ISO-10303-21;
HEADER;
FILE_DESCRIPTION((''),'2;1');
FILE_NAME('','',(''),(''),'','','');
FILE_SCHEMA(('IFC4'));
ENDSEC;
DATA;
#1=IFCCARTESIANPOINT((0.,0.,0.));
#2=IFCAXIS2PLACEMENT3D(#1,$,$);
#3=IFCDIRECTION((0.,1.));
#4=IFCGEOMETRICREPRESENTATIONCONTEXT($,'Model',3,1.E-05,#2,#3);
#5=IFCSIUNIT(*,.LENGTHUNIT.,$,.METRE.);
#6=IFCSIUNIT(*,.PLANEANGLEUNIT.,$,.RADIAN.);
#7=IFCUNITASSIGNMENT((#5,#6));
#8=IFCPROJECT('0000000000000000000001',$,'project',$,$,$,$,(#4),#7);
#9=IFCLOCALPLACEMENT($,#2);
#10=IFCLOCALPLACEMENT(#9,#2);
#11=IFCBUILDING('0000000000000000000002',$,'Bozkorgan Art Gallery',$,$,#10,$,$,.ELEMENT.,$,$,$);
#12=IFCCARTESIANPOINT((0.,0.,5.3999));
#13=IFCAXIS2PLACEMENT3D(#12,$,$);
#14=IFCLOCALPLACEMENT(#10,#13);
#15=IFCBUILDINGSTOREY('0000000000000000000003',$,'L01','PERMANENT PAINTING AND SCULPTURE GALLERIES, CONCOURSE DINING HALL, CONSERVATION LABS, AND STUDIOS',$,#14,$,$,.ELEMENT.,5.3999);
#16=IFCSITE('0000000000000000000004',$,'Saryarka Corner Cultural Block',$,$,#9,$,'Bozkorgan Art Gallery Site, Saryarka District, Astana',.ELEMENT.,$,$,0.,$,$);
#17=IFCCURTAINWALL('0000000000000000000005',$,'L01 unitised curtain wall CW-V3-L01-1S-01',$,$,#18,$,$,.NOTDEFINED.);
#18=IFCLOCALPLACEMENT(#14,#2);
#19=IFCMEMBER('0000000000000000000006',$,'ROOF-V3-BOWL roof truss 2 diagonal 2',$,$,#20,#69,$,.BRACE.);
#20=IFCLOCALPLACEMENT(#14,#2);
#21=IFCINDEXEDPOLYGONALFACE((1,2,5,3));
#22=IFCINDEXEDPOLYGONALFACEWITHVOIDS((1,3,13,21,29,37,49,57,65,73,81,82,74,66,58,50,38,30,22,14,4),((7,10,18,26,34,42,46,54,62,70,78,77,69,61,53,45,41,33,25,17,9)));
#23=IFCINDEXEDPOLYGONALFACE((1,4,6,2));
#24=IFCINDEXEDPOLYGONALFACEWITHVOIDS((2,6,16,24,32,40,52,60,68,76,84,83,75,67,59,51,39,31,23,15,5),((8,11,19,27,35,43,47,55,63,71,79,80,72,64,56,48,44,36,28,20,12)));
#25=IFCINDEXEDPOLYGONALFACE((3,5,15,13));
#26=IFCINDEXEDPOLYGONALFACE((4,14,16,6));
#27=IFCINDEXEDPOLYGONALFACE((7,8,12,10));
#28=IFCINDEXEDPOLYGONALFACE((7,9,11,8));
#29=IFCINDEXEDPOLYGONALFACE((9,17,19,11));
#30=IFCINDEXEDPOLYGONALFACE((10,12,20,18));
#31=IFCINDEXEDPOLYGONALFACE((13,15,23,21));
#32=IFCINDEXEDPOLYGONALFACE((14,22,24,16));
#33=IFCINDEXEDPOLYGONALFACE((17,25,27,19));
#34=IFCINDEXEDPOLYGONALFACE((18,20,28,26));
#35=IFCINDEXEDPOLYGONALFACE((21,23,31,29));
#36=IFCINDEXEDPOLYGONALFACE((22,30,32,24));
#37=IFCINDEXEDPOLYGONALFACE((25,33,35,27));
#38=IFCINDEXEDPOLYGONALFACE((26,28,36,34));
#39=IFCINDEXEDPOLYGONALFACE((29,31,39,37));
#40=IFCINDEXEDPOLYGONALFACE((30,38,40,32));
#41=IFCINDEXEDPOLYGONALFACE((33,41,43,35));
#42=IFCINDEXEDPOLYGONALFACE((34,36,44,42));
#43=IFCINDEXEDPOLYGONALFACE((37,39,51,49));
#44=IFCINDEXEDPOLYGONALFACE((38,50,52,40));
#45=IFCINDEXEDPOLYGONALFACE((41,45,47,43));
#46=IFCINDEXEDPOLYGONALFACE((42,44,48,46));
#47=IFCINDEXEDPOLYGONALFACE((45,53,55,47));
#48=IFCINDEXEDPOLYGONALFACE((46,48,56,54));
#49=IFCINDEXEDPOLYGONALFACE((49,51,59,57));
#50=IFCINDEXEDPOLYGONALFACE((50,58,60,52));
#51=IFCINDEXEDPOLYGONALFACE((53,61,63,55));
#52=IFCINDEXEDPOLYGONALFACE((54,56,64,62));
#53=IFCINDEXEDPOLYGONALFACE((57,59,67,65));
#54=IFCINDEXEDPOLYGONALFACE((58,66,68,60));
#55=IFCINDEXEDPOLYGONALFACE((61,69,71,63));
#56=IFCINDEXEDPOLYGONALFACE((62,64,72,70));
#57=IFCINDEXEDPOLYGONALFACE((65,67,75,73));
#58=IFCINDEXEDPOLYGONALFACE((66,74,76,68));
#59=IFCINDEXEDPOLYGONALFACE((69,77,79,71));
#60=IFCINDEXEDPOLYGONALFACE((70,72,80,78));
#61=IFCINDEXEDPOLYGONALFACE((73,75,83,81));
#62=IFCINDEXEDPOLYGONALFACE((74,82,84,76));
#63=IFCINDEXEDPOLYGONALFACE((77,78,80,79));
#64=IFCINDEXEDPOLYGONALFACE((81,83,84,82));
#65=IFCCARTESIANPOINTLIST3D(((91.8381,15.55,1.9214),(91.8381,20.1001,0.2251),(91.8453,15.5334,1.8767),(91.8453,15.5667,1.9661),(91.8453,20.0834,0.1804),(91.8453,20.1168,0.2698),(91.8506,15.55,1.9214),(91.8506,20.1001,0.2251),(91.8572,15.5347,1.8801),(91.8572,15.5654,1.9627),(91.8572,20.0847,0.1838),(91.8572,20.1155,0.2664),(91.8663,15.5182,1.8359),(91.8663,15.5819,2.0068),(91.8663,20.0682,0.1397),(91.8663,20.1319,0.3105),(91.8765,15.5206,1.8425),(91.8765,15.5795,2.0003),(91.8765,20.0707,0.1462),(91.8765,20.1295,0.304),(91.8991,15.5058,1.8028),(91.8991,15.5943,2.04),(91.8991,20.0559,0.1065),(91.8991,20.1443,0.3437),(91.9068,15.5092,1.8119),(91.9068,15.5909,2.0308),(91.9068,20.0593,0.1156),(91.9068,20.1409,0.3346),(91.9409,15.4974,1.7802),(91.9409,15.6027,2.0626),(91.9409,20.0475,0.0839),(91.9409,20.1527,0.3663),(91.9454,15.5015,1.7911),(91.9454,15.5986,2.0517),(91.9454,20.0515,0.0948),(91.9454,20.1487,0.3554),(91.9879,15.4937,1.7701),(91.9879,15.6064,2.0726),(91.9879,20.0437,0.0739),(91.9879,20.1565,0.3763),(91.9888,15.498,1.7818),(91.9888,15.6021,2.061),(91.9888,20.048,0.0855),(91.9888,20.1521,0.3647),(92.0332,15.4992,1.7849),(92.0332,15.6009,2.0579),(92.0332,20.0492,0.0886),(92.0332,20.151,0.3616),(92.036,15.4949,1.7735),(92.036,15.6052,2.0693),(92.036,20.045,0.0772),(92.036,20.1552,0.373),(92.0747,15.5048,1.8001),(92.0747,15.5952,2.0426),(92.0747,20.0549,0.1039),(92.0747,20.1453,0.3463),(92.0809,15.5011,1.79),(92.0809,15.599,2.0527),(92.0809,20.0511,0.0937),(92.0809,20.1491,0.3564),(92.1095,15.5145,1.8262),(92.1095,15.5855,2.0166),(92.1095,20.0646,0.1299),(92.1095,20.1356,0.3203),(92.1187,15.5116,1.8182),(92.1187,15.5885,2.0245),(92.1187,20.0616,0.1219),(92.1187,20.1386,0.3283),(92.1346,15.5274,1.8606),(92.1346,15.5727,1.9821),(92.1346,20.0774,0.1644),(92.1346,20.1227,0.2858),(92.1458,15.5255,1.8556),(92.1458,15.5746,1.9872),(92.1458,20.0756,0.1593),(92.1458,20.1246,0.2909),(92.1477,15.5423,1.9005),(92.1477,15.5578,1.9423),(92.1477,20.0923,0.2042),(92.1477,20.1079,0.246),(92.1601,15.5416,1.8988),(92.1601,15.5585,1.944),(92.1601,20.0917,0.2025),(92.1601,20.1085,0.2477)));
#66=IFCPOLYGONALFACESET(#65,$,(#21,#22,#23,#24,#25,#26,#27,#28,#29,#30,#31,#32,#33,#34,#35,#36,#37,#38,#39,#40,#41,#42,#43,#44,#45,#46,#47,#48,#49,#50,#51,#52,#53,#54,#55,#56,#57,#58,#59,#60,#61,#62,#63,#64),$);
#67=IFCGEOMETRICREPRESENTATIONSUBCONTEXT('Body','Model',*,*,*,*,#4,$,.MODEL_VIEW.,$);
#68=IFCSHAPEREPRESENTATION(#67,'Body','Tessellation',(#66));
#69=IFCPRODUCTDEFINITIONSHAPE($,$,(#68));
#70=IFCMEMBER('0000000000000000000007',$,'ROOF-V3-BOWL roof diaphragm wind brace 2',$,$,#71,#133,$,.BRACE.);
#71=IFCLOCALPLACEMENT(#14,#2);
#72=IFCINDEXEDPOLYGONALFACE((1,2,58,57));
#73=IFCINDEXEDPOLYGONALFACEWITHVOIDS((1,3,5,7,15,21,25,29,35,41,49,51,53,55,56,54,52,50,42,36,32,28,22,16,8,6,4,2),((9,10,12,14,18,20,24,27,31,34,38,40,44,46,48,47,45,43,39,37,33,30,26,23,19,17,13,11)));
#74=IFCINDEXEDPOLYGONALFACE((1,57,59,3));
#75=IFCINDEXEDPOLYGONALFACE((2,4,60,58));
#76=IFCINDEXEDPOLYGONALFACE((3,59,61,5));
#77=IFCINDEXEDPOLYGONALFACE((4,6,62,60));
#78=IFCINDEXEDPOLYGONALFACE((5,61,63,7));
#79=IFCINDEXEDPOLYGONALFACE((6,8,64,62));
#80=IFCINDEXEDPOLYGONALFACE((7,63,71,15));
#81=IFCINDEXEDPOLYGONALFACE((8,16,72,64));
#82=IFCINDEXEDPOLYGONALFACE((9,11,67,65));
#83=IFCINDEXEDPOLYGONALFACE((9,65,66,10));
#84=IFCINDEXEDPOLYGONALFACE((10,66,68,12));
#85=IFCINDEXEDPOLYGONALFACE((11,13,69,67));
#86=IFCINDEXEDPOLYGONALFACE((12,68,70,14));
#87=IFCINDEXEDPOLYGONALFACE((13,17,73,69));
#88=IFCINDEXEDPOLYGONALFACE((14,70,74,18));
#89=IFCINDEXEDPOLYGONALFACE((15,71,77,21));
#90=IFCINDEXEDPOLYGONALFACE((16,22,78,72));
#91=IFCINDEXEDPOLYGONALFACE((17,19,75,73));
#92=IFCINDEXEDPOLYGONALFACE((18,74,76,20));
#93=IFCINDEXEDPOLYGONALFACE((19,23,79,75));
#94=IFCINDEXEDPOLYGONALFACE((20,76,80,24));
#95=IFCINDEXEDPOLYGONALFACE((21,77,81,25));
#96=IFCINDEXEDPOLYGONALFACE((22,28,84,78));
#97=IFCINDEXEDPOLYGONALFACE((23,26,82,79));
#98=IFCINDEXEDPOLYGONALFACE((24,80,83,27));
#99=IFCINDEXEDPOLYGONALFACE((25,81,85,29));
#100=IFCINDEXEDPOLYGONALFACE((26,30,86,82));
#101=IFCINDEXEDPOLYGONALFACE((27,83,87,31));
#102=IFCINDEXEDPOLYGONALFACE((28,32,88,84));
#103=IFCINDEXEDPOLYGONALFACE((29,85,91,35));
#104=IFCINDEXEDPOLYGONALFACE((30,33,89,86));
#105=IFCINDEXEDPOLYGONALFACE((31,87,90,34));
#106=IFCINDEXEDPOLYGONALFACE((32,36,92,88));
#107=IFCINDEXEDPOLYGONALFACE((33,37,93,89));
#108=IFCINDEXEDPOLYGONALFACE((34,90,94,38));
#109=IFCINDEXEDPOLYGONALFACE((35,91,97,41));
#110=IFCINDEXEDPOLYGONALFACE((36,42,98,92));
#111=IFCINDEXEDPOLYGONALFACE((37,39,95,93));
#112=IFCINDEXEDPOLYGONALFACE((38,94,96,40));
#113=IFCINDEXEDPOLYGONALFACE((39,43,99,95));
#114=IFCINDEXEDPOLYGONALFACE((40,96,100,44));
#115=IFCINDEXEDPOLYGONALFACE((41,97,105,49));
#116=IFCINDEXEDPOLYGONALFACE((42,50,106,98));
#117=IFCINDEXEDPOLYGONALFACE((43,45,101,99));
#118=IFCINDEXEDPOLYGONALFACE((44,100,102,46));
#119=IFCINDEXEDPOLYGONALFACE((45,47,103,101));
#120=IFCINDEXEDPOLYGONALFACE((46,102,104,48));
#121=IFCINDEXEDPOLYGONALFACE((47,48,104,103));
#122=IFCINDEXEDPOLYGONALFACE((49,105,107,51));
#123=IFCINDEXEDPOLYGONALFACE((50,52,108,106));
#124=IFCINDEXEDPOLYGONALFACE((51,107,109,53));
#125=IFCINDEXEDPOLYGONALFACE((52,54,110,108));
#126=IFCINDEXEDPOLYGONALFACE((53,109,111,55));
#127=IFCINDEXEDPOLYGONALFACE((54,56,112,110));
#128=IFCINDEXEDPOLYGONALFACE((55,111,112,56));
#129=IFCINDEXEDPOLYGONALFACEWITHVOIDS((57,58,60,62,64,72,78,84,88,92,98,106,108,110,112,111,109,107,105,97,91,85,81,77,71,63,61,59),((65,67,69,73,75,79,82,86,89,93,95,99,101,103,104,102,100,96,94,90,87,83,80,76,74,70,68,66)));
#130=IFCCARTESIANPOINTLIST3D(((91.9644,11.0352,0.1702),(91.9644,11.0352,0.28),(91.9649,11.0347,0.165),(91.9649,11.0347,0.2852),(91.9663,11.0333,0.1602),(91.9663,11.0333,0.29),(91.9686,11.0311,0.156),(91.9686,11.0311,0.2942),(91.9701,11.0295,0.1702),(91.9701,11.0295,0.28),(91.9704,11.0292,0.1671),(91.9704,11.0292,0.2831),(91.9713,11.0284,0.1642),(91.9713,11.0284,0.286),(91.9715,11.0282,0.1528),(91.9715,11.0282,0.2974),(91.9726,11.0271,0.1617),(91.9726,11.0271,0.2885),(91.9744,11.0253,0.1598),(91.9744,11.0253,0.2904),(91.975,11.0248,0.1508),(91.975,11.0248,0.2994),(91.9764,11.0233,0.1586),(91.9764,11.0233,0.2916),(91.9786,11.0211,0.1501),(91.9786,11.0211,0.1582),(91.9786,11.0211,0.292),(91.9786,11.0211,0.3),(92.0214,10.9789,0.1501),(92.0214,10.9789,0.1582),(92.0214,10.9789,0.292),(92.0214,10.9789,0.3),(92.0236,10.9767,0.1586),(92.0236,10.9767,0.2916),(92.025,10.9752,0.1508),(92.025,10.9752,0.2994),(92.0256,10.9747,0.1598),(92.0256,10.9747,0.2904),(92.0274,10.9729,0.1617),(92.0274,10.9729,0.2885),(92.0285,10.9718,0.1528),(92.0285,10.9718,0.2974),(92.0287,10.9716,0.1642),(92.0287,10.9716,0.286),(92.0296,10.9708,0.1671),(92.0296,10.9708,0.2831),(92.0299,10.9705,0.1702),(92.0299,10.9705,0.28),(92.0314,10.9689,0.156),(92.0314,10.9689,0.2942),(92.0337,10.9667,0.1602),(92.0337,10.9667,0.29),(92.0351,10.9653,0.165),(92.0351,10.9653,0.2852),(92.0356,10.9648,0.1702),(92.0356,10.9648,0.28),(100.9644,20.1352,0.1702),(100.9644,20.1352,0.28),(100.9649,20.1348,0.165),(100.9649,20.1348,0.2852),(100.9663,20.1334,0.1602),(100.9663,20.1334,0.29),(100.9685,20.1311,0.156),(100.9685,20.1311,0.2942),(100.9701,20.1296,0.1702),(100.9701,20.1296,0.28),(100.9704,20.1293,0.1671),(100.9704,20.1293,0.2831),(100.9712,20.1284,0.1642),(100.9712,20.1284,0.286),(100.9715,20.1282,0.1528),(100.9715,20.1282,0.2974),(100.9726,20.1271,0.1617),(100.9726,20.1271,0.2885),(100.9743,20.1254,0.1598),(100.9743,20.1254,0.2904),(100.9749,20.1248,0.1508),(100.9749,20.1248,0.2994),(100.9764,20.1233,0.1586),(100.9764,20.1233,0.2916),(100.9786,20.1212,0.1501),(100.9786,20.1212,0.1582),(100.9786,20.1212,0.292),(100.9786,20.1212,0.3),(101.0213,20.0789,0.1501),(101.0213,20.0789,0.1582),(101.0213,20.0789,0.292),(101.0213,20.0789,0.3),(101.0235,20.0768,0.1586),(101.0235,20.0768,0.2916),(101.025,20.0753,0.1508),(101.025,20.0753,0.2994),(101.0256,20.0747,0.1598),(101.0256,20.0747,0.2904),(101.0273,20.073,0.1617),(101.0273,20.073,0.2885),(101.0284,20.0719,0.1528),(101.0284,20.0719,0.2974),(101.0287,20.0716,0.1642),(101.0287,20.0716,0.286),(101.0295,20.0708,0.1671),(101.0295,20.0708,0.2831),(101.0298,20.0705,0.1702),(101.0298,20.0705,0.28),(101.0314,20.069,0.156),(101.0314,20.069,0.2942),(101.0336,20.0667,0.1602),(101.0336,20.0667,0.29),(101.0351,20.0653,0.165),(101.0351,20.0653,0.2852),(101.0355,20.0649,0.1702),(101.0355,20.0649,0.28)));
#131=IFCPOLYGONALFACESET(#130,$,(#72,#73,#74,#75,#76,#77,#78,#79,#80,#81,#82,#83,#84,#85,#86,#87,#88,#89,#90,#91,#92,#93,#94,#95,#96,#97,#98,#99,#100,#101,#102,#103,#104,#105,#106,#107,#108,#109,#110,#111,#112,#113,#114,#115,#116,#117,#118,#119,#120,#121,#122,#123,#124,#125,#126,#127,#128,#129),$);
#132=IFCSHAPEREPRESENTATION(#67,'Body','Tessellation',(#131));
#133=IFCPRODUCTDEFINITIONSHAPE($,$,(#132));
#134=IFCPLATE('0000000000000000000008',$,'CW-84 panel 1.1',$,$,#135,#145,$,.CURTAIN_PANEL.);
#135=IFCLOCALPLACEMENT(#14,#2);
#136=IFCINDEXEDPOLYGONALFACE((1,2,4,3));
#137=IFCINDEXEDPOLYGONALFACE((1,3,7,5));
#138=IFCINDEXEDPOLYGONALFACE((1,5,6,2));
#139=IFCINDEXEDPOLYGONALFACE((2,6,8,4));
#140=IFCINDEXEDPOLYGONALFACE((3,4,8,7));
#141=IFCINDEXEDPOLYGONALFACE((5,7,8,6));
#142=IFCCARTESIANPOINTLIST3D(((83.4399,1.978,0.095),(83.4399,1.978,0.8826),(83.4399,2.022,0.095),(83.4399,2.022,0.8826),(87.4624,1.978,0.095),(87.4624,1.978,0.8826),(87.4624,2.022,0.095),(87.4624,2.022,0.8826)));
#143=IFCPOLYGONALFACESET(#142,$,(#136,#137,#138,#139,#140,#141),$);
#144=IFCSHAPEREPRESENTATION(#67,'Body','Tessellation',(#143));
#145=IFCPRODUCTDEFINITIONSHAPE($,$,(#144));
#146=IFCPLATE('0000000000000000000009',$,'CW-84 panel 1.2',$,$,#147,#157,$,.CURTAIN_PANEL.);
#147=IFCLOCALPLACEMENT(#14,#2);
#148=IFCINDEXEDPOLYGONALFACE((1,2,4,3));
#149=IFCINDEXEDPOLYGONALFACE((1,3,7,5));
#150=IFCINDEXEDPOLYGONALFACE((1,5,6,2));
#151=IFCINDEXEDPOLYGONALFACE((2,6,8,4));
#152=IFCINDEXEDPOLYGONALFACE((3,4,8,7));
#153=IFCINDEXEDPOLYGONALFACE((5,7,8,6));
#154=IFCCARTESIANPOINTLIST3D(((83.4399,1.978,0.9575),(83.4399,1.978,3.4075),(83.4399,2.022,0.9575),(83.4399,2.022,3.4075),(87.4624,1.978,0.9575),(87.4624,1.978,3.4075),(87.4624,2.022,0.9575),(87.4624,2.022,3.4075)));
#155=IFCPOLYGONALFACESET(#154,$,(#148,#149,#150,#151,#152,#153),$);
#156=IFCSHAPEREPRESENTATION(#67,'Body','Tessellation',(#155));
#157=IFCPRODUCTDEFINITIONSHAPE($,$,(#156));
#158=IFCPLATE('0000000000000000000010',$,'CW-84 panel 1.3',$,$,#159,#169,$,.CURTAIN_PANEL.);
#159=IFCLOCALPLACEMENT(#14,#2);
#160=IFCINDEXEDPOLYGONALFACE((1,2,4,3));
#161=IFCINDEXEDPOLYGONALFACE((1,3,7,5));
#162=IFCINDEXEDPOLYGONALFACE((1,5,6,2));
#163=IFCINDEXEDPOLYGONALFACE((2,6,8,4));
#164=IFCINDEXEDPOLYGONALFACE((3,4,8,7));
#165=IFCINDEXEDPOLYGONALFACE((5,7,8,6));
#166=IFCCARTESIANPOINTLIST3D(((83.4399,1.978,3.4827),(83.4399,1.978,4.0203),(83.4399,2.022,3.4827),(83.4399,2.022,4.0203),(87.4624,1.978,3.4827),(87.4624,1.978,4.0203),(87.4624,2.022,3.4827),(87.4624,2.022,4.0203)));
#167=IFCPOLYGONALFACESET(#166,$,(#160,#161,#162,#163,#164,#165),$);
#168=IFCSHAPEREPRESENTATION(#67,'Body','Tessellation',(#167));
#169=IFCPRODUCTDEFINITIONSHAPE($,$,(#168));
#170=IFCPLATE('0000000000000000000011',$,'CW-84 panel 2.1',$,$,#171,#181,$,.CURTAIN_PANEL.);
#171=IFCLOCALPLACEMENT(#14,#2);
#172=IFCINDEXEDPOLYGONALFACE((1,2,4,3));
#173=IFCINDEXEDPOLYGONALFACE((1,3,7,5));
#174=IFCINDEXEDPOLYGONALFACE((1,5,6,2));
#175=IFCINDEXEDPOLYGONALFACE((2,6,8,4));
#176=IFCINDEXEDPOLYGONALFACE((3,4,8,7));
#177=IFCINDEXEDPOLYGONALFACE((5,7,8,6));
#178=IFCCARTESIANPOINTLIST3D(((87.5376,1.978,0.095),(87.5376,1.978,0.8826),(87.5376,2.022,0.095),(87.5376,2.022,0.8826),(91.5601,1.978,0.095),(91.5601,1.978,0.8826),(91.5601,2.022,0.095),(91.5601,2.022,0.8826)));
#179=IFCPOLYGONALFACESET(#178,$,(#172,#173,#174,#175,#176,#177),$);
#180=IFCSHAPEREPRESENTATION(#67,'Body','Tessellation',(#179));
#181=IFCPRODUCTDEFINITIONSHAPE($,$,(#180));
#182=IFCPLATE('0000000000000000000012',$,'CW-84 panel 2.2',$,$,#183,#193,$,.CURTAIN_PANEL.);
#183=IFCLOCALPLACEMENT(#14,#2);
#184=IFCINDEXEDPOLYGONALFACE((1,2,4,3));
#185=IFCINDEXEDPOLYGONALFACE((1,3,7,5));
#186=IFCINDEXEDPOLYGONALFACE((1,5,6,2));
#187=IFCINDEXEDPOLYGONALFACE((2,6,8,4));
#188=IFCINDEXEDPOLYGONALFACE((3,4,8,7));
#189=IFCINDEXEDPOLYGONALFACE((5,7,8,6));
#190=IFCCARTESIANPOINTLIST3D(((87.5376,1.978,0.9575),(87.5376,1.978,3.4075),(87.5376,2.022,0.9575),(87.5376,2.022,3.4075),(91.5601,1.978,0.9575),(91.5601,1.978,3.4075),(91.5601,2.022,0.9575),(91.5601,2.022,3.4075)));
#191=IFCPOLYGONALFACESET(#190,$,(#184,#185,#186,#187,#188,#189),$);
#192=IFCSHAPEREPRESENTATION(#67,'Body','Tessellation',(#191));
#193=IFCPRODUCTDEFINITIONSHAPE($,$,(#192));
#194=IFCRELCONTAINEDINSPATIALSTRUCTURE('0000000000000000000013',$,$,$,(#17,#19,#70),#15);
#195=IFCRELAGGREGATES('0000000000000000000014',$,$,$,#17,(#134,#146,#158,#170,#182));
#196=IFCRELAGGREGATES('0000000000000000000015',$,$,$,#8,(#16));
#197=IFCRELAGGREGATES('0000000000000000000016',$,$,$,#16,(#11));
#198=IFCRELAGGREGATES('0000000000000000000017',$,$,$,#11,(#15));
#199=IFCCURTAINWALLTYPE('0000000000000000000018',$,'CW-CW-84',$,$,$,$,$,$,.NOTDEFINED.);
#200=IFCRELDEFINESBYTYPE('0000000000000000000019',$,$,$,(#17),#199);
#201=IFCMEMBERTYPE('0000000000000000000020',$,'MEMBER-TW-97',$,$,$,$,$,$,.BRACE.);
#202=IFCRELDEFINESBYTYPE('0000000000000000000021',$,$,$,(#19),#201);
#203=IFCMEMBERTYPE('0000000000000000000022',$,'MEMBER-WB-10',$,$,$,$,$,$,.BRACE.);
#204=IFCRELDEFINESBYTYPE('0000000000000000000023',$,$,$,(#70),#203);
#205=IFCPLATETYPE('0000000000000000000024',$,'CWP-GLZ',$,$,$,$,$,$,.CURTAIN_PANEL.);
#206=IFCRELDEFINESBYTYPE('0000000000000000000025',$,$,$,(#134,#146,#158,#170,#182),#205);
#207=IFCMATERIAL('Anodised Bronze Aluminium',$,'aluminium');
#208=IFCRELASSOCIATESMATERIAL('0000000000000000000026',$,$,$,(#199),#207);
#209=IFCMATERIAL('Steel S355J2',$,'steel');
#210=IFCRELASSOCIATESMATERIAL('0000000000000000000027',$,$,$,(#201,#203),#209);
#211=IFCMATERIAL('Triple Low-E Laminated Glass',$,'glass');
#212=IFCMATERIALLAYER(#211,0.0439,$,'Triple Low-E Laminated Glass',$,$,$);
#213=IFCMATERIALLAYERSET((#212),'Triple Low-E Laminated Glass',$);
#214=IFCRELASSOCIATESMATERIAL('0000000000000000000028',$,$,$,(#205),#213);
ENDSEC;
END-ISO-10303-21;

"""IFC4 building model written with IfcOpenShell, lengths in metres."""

from ifc_helpers import new_model, si_unit, direction, frame, origin, origin_2d, place, context, subcontext, project, spatial, rectangle, hollow_rectangle, hollow_circle, extrude, material, layer, layer_set, material_profile, profile_set, type_object, element, aggregate, save


model = new_model("IFC4")

# Units and contexts
model_context = context("Model", 3, precision=1e-05, world=origin(), true_north=direction((0.0, 1.0)))
body_context = subcontext(model_context, "Body", "Model", "MODEL_VIEW")
ifc_project = project(units=[si_unit("LENGTHUNIT", "METRE"), si_unit("PLANEANGLEUNIT", "RADIAN")], contexts=[model_context])

# Site, building, storey
site_placement = place(None, origin())
site = spatial("IfcSite", under=ifc_project, at=site_placement, Name="Saryarka Corner Cultural Block", LongName="Bozkorgan Art Gallery Site, Saryarka District, Astana", CompositionType="ELEMENT", RefElevation=0.0)
building_placement = place(site_placement, origin())
building = spatial("IfcBuilding", under=site, at=building_placement, Name="Bozkorgan Art Gallery", CompositionType="ELEMENT")
storey_placement = place(building_placement, frame((0.0, 0.0, 5.3999)))
storey = spatial("IfcBuildingStorey", under=building, at=storey_placement, Name="L01", Description="PERMANENT PAINTING AND SCULPTURE GALLERIES, CONCOURSE DINING HALL, CONSERVATION LABS, AND STUDIOS", CompositionType="ELEMENT", Elevation=5.3999)

# Shared definitions
ifc_material_1 = material(Name="Steel S355J2", Category="steel")

# Curtain wall
ifc_material_2 = material(Name="Anodised Bronze Aluminium", Category="aluminium")
curtain_wall_type = type_object("IfcCurtainWallType", Name="CW-CW-84", PredefinedType="NOTDEFINED", material=ifc_material_2)
curtain_wall_placement = place(storey_placement, origin())
curtain_wall = element("IfcCurtainWall", 1, at=curtain_wall_placement, inside=storey, type_object=curtain_wall_type, Name="L01 unitised curtain wall CW-V3-L01-1S-01", PredefinedType="NOTDEFINED")

# Members
ifc_material_profile_1 = material_profile(ifc_material_1, hollow_circle(Radius=0.1619, WallThickness=0.0125, at=origin_2d()), Name="CHS 323.9x12.5")
ifc_profile_set_1 = profile_set([ifc_material_profile_1], Name="Steel S355J2")
member_type_1 = type_object("IfcMemberType", Name="MEMBER-TW-97", PredefinedType="BRACE", material=ifc_profile_set_1)
member_1_placement = place(storey_placement, frame((92.0, 15.55, 1.9214), z_axis=(0.0, 0.937003, -0.349321), x_axis=(-1.0, 0.0, 0.0)))
element("IfcMember", 2, at=member_1_placement, inside=storey, type_object=member_type_1, Name="ROOF-V3-BOWL roof truss 2 diagonal 2", PredefinedType="BRACE", context=body_context, shape_type="SweptSolid", body=[
    extrude(hollow_circle(Radius=0.1619, WallThickness=0.0125, at=origin_2d()), origin(), (0.0, 0.0, 1.0), 4.856),
])
ifc_material_profile_2 = material_profile(ifc_material_1, hollow_rectangle(XDim=0.1001, YDim=0.1499, WallThickness=0.0081, InnerFilletRadius=0.012, OuterFilletRadius=0.02, at=origin_2d()), Name="RHS 150x100x8")
ifc_profile_set_2 = profile_set([ifc_material_profile_2], Name="Steel S355J2")
member_type_2 = type_object("IfcMemberType", Name="MEMBER-WB-10", PredefinedType="BRACE", material=ifc_profile_set_2)
member_2_placement = place(storey_placement, frame((92.0, 11.0, 0.2251), z_axis=(0.703186, 0.711006, 0.0), x_axis=(-0.711006, 0.703186, 0.0)))
element("IfcMember", 3, at=member_2_placement, inside=storey, type_object=member_type_2, Name="ROOF-V3-BOWL roof diaphragm wind brace 2", PredefinedType="BRACE", context=body_context, shape_type="SweptSolid", body=[
    extrude(hollow_rectangle(XDim=0.1001, YDim=0.1499, WallThickness=0.0081, InnerFilletRadius=0.012, OuterFilletRadius=0.02, at=origin_2d()), origin(), (0.0, 0.0, 1.0), 12.7988),
])

# Plates
ifc_material_3 = material(Name="Triple Low-E Laminated Glass", Category="glass")
ifc_layer_1 = layer(ifc_material_3, 0.0439, Name="Triple Low-E Laminated Glass")
ifc_layer_set_1 = layer_set([ifc_layer_1], Name="Triple Low-E Laminated Glass")
plate_type_1 = type_object("IfcPlateType", Name="CWP-GLZ", PredefinedType="CURTAIN_PANEL", material=ifc_layer_set_1)
plate_1_placement = place(storey_placement, frame((85.4512, 2.0, 0.095), z_axis=(0.0, 0.0, 1.0), x_axis=(1.0, 0.0, 0.0)))
plate_1 = element("IfcPlate", 4, at=plate_1_placement, type_object=plate_type_1, Name="CW-84 panel 1.1", PredefinedType="CURTAIN_PANEL", context=body_context, shape_type="SweptSolid", body=[
    extrude(rectangle(XDim=4.0225, YDim=0.0439, at=origin_2d()), origin(), (0.0, 0.0, 1.0), 0.7876),
])
plate_2_placement = place(storey_placement, frame((85.4512, 2.0, 0.9575), z_axis=(0.0, 0.0, 1.0), x_axis=(1.0, 0.0, 0.0)))
plate_2 = element("IfcPlate", 5, at=plate_2_placement, type_object=plate_type_1, Name="CW-84 panel 1.2", PredefinedType="CURTAIN_PANEL", context=body_context, shape_type="SweptSolid", body=[
    extrude(rectangle(XDim=4.0225, YDim=0.0439, at=origin_2d()), origin(), (0.0, 0.0, 1.0), 2.45),
])
plate_3_placement = place(storey_placement, frame((85.4512, 2.0, 3.4827), z_axis=(0.0, 0.0, 1.0), x_axis=(1.0, 0.0, 0.0)))
plate_3 = element("IfcPlate", 6, at=plate_3_placement, type_object=plate_type_1, Name="CW-84 panel 1.3", PredefinedType="CURTAIN_PANEL", context=body_context, shape_type="SweptSolid", body=[
    extrude(rectangle(XDim=4.0225, YDim=0.0439, at=origin_2d()), origin(), (0.0, 0.0, 1.0), 0.5376),
])
plate_4_placement = place(storey_placement, frame((89.5488, 2.0, 0.095), z_axis=(0.0, 0.0, 1.0), x_axis=(1.0, 0.0, 0.0)))
plate_4 = element("IfcPlate", 7, at=plate_4_placement, type_object=plate_type_1, Name="CW-84 panel 2.1", PredefinedType="CURTAIN_PANEL", context=body_context, shape_type="SweptSolid", body=[
    extrude(rectangle(XDim=4.0225, YDim=0.0439, at=origin_2d()), origin(), (0.0, 0.0, 1.0), 0.7876),
])
plate_5_placement = place(storey_placement, frame((89.5488, 2.0, 0.9575), z_axis=(0.0, 0.0, 1.0), x_axis=(1.0, 0.0, 0.0)))
plate_5 = element("IfcPlate", 8, at=plate_5_placement, type_object=plate_type_1, Name="CW-84 panel 2.2", PredefinedType="CURTAIN_PANEL", context=body_context, shape_type="SweptSolid", body=[
    extrude(rectangle(XDim=4.0225, YDim=0.0439, at=origin_2d()), origin(), (0.0, 0.0, 1.0), 2.45),
])
aggregate(curtain_wall, [plate_1, plate_2, plate_3, plate_4, plate_5])

save(model, "model.ifc")
